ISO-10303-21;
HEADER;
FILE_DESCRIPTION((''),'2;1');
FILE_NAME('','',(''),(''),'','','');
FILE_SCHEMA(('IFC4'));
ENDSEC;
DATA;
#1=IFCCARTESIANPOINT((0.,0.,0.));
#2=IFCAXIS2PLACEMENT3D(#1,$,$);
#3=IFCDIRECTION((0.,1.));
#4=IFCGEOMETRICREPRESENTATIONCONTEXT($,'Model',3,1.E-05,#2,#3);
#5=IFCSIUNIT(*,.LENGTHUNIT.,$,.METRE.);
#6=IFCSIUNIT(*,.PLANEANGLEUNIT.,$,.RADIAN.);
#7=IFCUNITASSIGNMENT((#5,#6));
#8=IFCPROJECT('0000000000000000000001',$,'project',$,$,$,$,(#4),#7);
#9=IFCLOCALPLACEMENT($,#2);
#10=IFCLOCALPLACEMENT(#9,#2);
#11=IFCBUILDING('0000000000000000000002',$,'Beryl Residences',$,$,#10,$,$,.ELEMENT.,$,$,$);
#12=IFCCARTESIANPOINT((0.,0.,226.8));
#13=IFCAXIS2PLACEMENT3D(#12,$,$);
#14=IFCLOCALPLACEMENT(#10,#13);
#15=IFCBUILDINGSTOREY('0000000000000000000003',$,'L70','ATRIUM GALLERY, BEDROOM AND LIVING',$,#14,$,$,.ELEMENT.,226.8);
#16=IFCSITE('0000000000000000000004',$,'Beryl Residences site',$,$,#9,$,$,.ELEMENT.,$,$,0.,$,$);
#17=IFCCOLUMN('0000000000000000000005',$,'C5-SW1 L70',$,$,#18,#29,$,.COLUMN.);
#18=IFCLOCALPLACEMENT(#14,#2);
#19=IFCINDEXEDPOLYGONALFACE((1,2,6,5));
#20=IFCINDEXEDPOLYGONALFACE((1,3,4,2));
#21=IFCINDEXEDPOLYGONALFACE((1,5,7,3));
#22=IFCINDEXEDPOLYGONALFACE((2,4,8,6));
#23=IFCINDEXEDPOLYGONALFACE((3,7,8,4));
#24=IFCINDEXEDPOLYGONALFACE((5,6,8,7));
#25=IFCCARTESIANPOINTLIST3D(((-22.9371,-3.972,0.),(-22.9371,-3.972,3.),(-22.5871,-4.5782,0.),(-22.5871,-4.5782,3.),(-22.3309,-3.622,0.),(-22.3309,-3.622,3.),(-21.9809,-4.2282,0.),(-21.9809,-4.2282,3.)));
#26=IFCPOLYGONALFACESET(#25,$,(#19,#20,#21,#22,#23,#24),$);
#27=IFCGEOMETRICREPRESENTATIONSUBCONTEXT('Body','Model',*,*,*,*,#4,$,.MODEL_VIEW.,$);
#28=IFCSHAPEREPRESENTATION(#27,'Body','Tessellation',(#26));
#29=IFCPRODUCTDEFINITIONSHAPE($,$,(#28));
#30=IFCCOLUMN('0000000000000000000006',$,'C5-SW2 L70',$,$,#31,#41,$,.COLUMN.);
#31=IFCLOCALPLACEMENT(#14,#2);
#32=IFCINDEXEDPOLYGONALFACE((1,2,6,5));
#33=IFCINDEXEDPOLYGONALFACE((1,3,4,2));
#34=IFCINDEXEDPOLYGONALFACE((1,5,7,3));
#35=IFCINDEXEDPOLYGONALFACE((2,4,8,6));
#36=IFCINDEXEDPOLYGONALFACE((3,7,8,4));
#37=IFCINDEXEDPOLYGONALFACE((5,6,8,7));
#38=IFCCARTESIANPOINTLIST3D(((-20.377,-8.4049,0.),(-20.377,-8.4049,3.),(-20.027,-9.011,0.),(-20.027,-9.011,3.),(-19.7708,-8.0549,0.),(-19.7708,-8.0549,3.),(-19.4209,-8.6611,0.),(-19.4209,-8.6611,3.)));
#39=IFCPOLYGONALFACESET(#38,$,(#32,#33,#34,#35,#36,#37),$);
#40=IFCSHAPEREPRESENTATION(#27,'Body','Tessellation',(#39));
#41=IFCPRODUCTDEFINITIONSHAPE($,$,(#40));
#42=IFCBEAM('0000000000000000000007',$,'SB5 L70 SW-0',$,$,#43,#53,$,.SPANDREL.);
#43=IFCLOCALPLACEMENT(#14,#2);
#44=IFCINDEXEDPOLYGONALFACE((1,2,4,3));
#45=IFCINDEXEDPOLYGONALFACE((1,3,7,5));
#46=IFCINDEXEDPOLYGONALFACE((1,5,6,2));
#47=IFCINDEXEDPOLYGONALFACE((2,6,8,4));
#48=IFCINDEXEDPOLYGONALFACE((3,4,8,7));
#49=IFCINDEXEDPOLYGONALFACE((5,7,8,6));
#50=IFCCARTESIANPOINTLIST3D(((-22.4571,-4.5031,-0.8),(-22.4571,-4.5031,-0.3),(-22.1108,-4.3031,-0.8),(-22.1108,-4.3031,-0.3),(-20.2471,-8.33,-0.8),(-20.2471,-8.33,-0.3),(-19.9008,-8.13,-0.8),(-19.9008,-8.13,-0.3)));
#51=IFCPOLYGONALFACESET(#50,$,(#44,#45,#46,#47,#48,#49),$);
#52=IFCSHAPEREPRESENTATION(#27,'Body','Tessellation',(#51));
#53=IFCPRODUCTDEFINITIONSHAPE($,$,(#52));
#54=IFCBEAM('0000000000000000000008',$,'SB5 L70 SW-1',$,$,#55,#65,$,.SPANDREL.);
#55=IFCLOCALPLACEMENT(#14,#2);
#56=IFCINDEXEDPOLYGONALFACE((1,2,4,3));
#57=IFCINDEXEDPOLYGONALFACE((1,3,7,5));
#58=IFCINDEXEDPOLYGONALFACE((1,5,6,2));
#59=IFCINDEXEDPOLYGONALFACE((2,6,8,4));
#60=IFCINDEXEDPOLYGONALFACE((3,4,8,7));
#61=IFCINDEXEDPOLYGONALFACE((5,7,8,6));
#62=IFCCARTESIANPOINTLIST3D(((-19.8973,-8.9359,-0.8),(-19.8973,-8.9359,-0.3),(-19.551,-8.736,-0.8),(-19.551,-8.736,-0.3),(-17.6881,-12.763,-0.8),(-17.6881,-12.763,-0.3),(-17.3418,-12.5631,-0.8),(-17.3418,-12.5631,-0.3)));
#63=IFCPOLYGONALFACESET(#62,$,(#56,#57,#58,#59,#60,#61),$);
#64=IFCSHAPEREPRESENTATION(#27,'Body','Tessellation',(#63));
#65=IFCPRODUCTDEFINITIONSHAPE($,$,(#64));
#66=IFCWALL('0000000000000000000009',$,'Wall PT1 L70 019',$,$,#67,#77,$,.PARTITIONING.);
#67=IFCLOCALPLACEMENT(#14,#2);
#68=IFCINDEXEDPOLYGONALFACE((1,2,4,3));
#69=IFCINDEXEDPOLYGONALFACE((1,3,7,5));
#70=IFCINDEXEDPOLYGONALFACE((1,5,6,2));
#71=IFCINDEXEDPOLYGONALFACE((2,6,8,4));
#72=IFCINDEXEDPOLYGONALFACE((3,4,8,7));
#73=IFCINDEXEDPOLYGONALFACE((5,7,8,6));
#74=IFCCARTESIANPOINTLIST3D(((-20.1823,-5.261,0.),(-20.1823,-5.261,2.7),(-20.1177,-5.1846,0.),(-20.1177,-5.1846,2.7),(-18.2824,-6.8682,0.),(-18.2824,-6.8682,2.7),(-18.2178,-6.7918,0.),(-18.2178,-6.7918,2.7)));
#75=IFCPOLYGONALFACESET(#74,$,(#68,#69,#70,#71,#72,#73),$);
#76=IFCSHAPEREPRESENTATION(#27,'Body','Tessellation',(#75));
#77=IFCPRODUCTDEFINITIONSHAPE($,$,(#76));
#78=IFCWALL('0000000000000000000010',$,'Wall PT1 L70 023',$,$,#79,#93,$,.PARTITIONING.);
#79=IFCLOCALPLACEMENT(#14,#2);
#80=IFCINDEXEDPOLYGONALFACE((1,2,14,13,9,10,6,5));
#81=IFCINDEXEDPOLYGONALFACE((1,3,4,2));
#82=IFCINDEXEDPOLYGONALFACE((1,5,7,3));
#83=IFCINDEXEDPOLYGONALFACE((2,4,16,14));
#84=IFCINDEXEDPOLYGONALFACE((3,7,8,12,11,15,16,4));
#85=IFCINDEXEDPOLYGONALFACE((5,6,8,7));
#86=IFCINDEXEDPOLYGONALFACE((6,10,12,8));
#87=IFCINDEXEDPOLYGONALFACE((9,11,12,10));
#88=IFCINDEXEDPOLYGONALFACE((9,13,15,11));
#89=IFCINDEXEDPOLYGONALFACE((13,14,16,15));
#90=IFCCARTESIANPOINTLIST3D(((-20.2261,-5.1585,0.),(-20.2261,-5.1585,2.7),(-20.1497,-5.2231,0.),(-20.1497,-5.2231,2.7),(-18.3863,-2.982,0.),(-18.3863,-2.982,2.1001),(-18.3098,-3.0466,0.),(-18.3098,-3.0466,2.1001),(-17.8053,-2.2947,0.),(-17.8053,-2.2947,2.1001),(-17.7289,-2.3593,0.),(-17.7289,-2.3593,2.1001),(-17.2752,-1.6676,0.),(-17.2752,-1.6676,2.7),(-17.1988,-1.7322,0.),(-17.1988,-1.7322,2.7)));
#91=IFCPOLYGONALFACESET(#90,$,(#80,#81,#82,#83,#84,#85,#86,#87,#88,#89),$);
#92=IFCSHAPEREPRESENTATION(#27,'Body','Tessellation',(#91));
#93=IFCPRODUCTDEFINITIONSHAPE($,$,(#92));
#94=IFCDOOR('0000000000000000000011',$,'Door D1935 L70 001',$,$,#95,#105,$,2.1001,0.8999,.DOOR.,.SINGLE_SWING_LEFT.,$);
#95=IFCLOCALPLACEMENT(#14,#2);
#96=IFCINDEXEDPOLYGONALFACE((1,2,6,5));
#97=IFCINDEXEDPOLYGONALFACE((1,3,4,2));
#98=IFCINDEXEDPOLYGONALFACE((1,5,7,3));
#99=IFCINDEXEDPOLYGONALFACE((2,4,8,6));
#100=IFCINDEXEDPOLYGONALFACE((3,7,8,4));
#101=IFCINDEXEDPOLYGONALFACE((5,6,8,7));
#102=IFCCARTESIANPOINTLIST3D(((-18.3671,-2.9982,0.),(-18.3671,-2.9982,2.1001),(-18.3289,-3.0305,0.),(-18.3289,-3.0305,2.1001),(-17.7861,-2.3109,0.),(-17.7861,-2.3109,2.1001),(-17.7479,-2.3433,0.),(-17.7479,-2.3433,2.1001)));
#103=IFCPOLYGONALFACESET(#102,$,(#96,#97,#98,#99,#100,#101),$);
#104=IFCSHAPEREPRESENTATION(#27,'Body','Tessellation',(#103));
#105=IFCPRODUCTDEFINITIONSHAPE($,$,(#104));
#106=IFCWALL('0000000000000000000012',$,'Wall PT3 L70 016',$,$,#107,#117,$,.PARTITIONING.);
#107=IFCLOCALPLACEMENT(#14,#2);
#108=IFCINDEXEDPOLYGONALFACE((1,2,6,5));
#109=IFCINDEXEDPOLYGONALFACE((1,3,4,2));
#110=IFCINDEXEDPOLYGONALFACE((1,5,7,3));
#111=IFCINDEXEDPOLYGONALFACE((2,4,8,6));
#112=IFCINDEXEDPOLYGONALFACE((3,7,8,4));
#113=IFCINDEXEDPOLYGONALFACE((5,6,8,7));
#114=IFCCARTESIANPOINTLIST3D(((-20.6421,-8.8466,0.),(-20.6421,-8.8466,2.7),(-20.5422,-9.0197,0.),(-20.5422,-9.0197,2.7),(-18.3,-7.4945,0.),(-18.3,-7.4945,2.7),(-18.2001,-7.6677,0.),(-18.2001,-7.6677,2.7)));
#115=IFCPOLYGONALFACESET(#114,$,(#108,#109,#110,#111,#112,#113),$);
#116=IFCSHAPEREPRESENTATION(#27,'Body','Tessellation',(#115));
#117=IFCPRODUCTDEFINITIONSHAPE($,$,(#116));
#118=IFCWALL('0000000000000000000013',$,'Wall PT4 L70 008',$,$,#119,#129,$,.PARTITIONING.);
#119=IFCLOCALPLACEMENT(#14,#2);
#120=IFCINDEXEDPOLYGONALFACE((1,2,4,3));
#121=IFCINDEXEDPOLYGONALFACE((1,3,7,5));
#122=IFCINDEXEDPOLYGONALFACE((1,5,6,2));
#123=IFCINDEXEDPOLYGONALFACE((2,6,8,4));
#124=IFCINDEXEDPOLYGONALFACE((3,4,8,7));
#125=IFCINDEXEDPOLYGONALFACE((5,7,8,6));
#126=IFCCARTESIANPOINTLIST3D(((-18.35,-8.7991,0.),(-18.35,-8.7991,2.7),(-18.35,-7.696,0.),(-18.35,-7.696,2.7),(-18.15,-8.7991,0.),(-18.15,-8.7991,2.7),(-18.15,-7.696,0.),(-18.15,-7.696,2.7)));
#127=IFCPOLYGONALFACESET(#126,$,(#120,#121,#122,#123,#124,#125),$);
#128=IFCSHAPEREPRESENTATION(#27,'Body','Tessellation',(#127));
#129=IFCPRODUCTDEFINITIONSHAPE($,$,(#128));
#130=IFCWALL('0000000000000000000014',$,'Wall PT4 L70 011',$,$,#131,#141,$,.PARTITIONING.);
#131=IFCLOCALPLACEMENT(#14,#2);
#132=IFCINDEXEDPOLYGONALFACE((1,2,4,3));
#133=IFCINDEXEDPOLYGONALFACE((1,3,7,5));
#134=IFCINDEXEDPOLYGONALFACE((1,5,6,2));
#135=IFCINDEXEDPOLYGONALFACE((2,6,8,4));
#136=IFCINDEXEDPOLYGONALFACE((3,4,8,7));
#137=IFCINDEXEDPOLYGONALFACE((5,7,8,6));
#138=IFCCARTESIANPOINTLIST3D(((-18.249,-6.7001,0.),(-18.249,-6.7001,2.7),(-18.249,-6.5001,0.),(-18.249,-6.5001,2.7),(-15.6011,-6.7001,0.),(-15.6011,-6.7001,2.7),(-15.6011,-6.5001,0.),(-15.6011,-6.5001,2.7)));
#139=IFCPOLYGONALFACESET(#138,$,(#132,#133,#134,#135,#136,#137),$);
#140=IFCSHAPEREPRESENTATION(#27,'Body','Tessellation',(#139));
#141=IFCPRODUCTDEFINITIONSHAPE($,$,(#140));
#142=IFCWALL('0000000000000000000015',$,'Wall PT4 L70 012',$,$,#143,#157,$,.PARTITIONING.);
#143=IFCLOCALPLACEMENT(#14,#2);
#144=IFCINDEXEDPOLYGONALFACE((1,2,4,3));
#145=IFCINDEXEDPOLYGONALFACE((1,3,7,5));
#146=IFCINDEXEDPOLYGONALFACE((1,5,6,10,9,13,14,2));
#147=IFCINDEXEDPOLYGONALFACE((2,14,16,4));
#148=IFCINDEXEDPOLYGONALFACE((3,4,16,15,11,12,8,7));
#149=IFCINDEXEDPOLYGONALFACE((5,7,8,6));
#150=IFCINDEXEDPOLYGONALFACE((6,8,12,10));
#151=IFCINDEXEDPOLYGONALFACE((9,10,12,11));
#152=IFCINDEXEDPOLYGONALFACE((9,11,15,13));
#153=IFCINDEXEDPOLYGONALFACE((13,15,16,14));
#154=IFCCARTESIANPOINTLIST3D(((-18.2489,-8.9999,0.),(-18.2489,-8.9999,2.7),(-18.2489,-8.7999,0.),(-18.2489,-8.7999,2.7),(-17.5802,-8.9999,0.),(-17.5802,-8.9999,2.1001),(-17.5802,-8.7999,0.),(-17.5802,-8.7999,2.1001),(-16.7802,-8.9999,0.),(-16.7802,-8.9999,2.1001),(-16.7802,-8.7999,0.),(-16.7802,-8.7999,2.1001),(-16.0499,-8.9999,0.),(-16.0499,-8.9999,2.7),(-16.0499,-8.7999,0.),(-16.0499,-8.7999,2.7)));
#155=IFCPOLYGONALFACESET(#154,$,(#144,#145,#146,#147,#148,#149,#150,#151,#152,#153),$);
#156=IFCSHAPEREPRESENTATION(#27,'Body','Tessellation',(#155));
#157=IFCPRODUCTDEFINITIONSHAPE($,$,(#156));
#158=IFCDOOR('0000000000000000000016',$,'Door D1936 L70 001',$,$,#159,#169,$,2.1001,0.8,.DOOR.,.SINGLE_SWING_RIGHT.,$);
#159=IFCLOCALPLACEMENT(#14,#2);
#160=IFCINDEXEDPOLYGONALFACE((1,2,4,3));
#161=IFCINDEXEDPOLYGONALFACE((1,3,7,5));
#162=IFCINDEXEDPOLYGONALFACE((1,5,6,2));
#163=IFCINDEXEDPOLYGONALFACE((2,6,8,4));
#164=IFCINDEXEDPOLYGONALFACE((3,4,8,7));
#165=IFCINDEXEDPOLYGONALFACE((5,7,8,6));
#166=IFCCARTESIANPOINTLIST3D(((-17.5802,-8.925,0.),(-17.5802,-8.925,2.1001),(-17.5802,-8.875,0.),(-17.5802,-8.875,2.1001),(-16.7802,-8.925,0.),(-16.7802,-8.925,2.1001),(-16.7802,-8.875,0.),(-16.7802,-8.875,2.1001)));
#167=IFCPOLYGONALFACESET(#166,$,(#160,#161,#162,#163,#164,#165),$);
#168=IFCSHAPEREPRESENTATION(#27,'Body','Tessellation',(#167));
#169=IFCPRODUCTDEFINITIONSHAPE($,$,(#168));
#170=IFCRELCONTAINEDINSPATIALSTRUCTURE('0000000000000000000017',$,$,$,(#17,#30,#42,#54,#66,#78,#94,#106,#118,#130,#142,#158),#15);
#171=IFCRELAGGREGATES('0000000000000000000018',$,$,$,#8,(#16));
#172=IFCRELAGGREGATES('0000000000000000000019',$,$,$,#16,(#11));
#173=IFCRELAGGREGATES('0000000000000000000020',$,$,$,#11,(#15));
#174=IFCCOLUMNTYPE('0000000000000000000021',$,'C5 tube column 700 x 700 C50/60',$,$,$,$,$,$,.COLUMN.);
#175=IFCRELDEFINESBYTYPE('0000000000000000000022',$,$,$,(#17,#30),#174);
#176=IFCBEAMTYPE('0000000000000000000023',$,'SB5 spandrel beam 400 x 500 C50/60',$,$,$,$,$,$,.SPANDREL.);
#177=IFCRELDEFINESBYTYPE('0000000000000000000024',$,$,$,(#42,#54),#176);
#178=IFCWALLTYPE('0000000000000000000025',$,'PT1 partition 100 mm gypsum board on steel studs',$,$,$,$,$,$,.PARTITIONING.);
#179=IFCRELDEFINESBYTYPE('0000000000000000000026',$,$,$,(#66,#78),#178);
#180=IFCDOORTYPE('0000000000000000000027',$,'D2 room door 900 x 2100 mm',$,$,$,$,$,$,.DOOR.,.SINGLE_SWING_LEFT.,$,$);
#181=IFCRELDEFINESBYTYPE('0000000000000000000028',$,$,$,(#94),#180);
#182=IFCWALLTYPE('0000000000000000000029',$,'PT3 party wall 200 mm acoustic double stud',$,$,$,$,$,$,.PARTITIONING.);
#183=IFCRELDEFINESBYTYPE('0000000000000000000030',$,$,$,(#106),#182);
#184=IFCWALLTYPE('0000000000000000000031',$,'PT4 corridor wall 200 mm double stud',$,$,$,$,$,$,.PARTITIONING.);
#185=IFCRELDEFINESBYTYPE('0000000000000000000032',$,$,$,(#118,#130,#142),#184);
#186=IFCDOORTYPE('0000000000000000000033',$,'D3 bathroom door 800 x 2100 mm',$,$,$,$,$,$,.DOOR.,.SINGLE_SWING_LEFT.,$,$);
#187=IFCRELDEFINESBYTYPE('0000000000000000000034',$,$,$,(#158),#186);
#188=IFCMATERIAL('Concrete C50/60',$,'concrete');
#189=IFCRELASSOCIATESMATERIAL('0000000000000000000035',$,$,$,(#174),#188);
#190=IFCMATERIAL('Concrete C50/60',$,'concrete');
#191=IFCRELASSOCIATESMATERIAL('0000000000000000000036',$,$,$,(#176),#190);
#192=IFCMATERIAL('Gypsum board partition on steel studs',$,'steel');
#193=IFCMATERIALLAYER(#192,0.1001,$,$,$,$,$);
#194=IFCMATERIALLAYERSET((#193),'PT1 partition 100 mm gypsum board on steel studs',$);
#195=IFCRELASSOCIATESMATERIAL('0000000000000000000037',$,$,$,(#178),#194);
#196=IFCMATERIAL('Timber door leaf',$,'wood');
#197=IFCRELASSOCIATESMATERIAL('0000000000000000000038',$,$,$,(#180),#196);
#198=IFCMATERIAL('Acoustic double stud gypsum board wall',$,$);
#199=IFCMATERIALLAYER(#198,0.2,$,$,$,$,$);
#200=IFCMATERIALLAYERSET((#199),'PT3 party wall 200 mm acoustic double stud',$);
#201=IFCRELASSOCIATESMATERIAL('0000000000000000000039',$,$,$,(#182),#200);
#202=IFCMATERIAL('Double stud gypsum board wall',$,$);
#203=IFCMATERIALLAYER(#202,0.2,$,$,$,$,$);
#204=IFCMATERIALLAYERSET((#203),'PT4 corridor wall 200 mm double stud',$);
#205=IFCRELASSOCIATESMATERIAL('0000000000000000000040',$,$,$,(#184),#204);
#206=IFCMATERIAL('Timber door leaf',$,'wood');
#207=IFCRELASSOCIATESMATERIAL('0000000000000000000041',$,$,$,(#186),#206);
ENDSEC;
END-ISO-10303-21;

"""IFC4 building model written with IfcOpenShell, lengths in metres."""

from ifc_helpers import new_model, si_unit, direction, frame, frame_2d, origin, origin_2d, place, context, subcontext, project, spatial, rectangle, extrude, material, layer, layer_set, material_profile, profile_set, type_object, element, fill, save


model = new_model("IFC4")

# Units and contexts
model_context = context("Model", 3, precision=1e-05, world=origin(), true_north=direction((0.0, 1.0)))
body_context = subcontext(model_context, "Body", "Model", "MODEL_VIEW")
ifc_project = project(units=[si_unit("LENGTHUNIT", "METRE"), si_unit("PLANEANGLEUNIT", "RADIAN")], contexts=[model_context])

# Site, building, storey
site_placement = place(None, origin())
site = spatial("IfcSite", under=ifc_project, at=site_placement, Name="Beryl Residences site", CompositionType="ELEMENT", RefElevation=0.0)
building_placement = place(site_placement, origin())
building = spatial("IfcBuilding", under=site, at=building_placement, Name="Beryl Residences", CompositionType="ELEMENT")
storey_placement = place(building_placement, frame((0.0, 0.0, 226.8)))
storey = spatial("IfcBuildingStorey", under=building, at=storey_placement, Name="L70", Description="ATRIUM GALLERY, BEDROOM AND LIVING", CompositionType="ELEMENT", Elevation=226.8)

# Columns
ifc_material_1 = material(Name="Concrete C50/60", Category="concrete")
ifc_material_profile_1 = material_profile(ifc_material_1, rectangle(XDim=0.7, YDim=0.7, at=origin_2d()))
ifc_profile_set_1 = profile_set([ifc_material_profile_1], Name="Concrete C50/60")
column_type = type_object("IfcColumnType", Name="C5 tube column 700 x 700 C50/60", PredefinedType="COLUMN", material=ifc_profile_set_1)
for number, where, z_axis, x_axis, name in (
    (1, (-22.459, -4.1001, 0.0), (0.0, 0.0, 1.0), (0.499985, -0.866034, 0.0), "C5-SW1 L70"),
    (2, (-19.8989, -8.533, 0.0), (0.0, 0.0, 1.0), (0.499985, -0.866034, 0.0), "C5-SW2 L70"),
):
    element("IfcColumn", number, at=place(storey_placement, frame(where, z_axis=z_axis, x_axis=x_axis)), inside=storey, type_object=column_type, Name=name, PredefinedType="COLUMN", context=body_context, shape_type="SweptSolid", body=[
        extrude(rectangle(XDim=0.7, YDim=0.7, at=origin_2d()), origin(), (0.0, 0.0, 1.0), 3.0),
    ])

# Beams
ifc_material_2 = material(Name="Concrete C50/60", Category="concrete")
ifc_material_profile_2 = material_profile(ifc_material_2, rectangle(XDim=0.3999, YDim=0.5, at=origin_2d()))
ifc_profile_set_2 = profile_set([ifc_material_profile_2], Name="Concrete C50/60")
beam_type = type_object("IfcBeamType", Name="SB5 spandrel beam 400 x 500 C50/60", PredefinedType="SPANDREL", material=ifc_profile_set_2)
beam_1_placement = place(storey_placement, frame((-22.2839, -4.4031, -0.55), z_axis=(0.500084, -0.865977, 0.0), x_axis=(0.865977, 0.500084, 0.0)))
element("IfcBeam", 3, at=beam_1_placement, inside=storey, type_object=beam_type, Name="SB5 L70 SW-0", PredefinedType="SPANDREL", context=body_context, shape_type="SweptSolid", body=[
    extrude(rectangle(XDim=0.3999, YDim=0.5, at=origin_2d()), origin(), (0.0, 0.0, 1.0), 4.4192),
])
beam_2_placement = place(storey_placement, frame((-19.7241, -8.8359, -0.55), z_axis=(0.499936, -0.866062, 0.0), x_axis=(0.866062, 0.499936, 0.0)))
element("IfcBeam", 4, at=beam_2_placement, inside=storey, type_object=beam_type, Name="SB5 L70 SW-1", PredefinedType="SPANDREL", context=body_context, shape_type="SweptSolid", body=[
    extrude(rectangle(XDim=0.3999, YDim=0.5, at=origin_2d()), origin(), (0.0, 0.0, 1.0), 4.4189),
])

# Wall
ifc_material_3 = material(Name="Gypsum board partition on steel studs", Category="steel")
ifc_layer_1 = layer(ifc_material_3, 0.1001)
ifc_layer_set_1 = layer_set([ifc_layer_1], Name="PT1 partition 100 mm gypsum board on steel studs")
wall_type_1 = type_object("IfcWallType", Name="PT1 partition 100 mm gypsum board on steel studs", PredefinedType="PARTITIONING", material=ifc_layer_set_1)
wall_1_placement = place(storey_placement, frame((-20.1499, -5.2229, 0.0), z_axis=(0.0, 0.0, 1.0), x_axis=(0.763472, -0.645841, 0.0)))
element("IfcWall", 5, at=wall_1_placement, inside=storey, type_object=wall_type_1, Name="Wall PT1 L70 019", PredefinedType="PARTITIONING", context=body_context, shape_type="SweptSolid", body=[
    extrude(rectangle(XDim=2.4885, YDim=0.1001, at=frame_2d((1.2441, 0.0))), origin(), (0.0, 0.0, 1.0), 2.7),
])

# Wall, opening, door
wall_2_placement = place(storey_placement, frame((-20.188, -5.1909, 0.0), z_axis=(0.0, 0.0, 1.0), x_axis=(0.645564, 0.763706, 0.0)))
wall_2 = element("IfcWall", 6, at=wall_2_placement, inside=storey, type_object=wall_type_1, Name="Wall PT1 L70 023", PredefinedType="PARTITIONING", context=body_context, shape_type="SweptSolid", body=[
    extrude(rectangle(XDim=4.571, YDim=0.1001, at=frame_2d((2.2856, 0.0))), origin(), (0.0, 0.0, 1.0), 2.7),
])
opening_1_placement = place(wall_2_placement, frame((2.8501, 0.0, 0.0)))
opening_1 = element("IfcOpeningElement", 7, at=opening_1_placement, cuts=wall_2, PredefinedType="OPENING", context=body_context, shape_type="SweptSolid", body=[
    extrude(rectangle(XDim=0.8999, YDim=2.1001, at=frame_2d((0.45, 1.05))), frame((0.0, 0.0601, 0.0), z_axis=(0.0, -1.0, 0.0), x_axis=(1.0, 0.0, 0.0)), (0.0, 0.0, 1.0), 0.1201),
])
ifc_material_4 = material(Name="Timber door leaf", Category="wood")
door_type_1 = type_object("IfcDoorType", Name="D2 room door 900 x 2100 mm", OperationType="SINGLE_SWING_LEFT", PredefinedType="DOOR", material=ifc_material_4)
door_1_placement = place(opening_1_placement, origin())
door_1 = element("IfcDoor", 8, at=door_1_placement, inside=storey, type_object=door_type_1, Name="Door D1935 L70 001", OperationType="SINGLE_SWING_LEFT", OverallHeight=2.1001, OverallWidth=0.8999, PredefinedType="DOOR", context=body_context, shape_type="SweptSolid", body=[
    extrude(rectangle(XDim=0.8999, YDim=2.1001, at=frame_2d((0.45, 1.05))), frame((0.0, 0.0249, 0.0), z_axis=(0.0, -1.0, 0.0), x_axis=(1.0, 0.0, 0.0)), (0.0, 0.0, 1.0), 0.05),
])
fill(opening_1, door_1)

# Walls
ifc_material_5 = material(Name="Acoustic double stud gypsum board wall")
ifc_layer_2 = layer(ifc_material_5, 0.2)
ifc_layer_set_2 = layer_set([ifc_layer_2], Name="PT3 party wall 200 mm acoustic double stud")
wall_type_2 = type_object("IfcWallType", Name="PT3 party wall 200 mm acoustic double stud", PredefinedType="PARTITIONING", material=ifc_layer_set_2)
wall_3_placement = place(storey_placement, frame((-20.592, -8.9331, 0.0), z_axis=(0.0, 0.0, 1.0), x_axis=(0.866046, 0.499965, 0.0)))
element("IfcWall", 9, at=wall_3_placement, inside=storey, type_object=wall_type_2, Name="Wall PT3 L70 016", PredefinedType="PARTITIONING", context=body_context, shape_type="SweptSolid", body=[
    extrude(rectangle(XDim=2.7043, YDim=0.2, at=frame_2d((1.3521, 0.0))), origin(), (0.0, 0.0, 1.0), 2.7),
])
ifc_material_6 = material(Name="Double stud gypsum board wall")
ifc_layer_3 = layer(ifc_material_6, 0.2)
ifc_layer_set_3 = layer_set([ifc_layer_3], Name="PT4 corridor wall 200 mm double stud")
wall_type_3 = type_object("IfcWallType", Name="PT4 corridor wall 200 mm double stud", PredefinedType="PARTITIONING", material=ifc_layer_set_3)
wall_4_placement = place(storey_placement, frame((-18.25, -7.696, 0.0), z_axis=(0.0, 0.0, 1.0), x_axis=(0.0, -1.0, 0.0)))
element("IfcWall", 10, at=wall_4_placement, inside=storey, type_object=wall_type_3, Name="Wall PT4 L70 008", PredefinedType="PARTITIONING", context=body_context, shape_type="SweptSolid", body=[
    extrude(rectangle(XDim=1.103, YDim=0.2, at=frame_2d((0.5515, 0.0))), origin(), (0.0, 0.0, 1.0), 2.7),
])
wall_5_placement = place(storey_placement, frame((-18.249, -6.6001, 0.0), z_axis=(0.0, 0.0, 1.0), x_axis=(1.0, 0.0, 0.0)))
element("IfcWall", 11, at=wall_5_placement, inside=storey, type_object=wall_type_3, Name="Wall PT4 L70 011", PredefinedType="PARTITIONING", context=body_context, shape_type="SweptSolid", body=[
    extrude(rectangle(XDim=2.6479, YDim=0.2, at=frame_2d((1.324, 0.0))), origin(), (0.0, 0.0, 1.0), 2.7),
])

# Wall, opening, door
wall_6_placement = place(storey_placement, frame((-18.249, -8.8999, 0.0), z_axis=(0.0, 0.0, 1.0), x_axis=(1.0, 0.0, 0.0)))
wall_6 = element("IfcWall", 12, at=wall_6_placement, inside=storey, type_object=wall_type_3, Name="Wall PT4 L70 012", PredefinedType="PARTITIONING", context=body_context, shape_type="SweptSolid", body=[
    extrude(rectangle(XDim=2.199, YDim=0.2, at=frame_2d((1.0996, 0.0))), origin(), (0.0, 0.0, 1.0), 2.7),
])
opening_2_placement = place(wall_6_placement, frame((0.6689, 0.0, 0.0)))
opening_2 = element("IfcOpeningElement", 13, at=opening_2_placement, cuts=wall_6, PredefinedType="OPENING", context=body_context, shape_type="SweptSolid", body=[
    extrude(rectangle(XDim=0.8, YDim=2.1001, at=frame_2d((0.3999, 1.05))), frame((0.0, 0.1099, 0.0), z_axis=(0.0, -1.0, 0.0), x_axis=(1.0, 0.0, 0.0)), (0.0, 0.0, 1.0), 0.22),
])
ifc_material_7 = material(Name="Timber door leaf", Category="wood")
door_type_2 = type_object("IfcDoorType", Name="D3 bathroom door 800 x 2100 mm", OperationType="SINGLE_SWING_LEFT", PredefinedType="DOOR", material=ifc_material_7)
door_2_placement = place(opening_2_placement, origin())
door_2 = element("IfcDoor", 14, at=door_2_placement, inside=storey, type_object=door_type_2, Name="Door D1936 L70 001", OperationType="SINGLE_SWING_RIGHT", OverallHeight=2.1001, OverallWidth=0.8, PredefinedType="DOOR", context=body_context, shape_type="SweptSolid", body=[
    extrude(rectangle(XDim=0.8, YDim=2.1001, at=frame_2d((0.3999, 1.05))), frame((0.0, 0.0249, 0.0), z_axis=(0.0, -1.0, 0.0), x_axis=(1.0, 0.0, 0.0)), (0.0, 0.0, 1.0), 0.05),
])
fill(opening_2, door_2)

save(model, "model.ifc")
